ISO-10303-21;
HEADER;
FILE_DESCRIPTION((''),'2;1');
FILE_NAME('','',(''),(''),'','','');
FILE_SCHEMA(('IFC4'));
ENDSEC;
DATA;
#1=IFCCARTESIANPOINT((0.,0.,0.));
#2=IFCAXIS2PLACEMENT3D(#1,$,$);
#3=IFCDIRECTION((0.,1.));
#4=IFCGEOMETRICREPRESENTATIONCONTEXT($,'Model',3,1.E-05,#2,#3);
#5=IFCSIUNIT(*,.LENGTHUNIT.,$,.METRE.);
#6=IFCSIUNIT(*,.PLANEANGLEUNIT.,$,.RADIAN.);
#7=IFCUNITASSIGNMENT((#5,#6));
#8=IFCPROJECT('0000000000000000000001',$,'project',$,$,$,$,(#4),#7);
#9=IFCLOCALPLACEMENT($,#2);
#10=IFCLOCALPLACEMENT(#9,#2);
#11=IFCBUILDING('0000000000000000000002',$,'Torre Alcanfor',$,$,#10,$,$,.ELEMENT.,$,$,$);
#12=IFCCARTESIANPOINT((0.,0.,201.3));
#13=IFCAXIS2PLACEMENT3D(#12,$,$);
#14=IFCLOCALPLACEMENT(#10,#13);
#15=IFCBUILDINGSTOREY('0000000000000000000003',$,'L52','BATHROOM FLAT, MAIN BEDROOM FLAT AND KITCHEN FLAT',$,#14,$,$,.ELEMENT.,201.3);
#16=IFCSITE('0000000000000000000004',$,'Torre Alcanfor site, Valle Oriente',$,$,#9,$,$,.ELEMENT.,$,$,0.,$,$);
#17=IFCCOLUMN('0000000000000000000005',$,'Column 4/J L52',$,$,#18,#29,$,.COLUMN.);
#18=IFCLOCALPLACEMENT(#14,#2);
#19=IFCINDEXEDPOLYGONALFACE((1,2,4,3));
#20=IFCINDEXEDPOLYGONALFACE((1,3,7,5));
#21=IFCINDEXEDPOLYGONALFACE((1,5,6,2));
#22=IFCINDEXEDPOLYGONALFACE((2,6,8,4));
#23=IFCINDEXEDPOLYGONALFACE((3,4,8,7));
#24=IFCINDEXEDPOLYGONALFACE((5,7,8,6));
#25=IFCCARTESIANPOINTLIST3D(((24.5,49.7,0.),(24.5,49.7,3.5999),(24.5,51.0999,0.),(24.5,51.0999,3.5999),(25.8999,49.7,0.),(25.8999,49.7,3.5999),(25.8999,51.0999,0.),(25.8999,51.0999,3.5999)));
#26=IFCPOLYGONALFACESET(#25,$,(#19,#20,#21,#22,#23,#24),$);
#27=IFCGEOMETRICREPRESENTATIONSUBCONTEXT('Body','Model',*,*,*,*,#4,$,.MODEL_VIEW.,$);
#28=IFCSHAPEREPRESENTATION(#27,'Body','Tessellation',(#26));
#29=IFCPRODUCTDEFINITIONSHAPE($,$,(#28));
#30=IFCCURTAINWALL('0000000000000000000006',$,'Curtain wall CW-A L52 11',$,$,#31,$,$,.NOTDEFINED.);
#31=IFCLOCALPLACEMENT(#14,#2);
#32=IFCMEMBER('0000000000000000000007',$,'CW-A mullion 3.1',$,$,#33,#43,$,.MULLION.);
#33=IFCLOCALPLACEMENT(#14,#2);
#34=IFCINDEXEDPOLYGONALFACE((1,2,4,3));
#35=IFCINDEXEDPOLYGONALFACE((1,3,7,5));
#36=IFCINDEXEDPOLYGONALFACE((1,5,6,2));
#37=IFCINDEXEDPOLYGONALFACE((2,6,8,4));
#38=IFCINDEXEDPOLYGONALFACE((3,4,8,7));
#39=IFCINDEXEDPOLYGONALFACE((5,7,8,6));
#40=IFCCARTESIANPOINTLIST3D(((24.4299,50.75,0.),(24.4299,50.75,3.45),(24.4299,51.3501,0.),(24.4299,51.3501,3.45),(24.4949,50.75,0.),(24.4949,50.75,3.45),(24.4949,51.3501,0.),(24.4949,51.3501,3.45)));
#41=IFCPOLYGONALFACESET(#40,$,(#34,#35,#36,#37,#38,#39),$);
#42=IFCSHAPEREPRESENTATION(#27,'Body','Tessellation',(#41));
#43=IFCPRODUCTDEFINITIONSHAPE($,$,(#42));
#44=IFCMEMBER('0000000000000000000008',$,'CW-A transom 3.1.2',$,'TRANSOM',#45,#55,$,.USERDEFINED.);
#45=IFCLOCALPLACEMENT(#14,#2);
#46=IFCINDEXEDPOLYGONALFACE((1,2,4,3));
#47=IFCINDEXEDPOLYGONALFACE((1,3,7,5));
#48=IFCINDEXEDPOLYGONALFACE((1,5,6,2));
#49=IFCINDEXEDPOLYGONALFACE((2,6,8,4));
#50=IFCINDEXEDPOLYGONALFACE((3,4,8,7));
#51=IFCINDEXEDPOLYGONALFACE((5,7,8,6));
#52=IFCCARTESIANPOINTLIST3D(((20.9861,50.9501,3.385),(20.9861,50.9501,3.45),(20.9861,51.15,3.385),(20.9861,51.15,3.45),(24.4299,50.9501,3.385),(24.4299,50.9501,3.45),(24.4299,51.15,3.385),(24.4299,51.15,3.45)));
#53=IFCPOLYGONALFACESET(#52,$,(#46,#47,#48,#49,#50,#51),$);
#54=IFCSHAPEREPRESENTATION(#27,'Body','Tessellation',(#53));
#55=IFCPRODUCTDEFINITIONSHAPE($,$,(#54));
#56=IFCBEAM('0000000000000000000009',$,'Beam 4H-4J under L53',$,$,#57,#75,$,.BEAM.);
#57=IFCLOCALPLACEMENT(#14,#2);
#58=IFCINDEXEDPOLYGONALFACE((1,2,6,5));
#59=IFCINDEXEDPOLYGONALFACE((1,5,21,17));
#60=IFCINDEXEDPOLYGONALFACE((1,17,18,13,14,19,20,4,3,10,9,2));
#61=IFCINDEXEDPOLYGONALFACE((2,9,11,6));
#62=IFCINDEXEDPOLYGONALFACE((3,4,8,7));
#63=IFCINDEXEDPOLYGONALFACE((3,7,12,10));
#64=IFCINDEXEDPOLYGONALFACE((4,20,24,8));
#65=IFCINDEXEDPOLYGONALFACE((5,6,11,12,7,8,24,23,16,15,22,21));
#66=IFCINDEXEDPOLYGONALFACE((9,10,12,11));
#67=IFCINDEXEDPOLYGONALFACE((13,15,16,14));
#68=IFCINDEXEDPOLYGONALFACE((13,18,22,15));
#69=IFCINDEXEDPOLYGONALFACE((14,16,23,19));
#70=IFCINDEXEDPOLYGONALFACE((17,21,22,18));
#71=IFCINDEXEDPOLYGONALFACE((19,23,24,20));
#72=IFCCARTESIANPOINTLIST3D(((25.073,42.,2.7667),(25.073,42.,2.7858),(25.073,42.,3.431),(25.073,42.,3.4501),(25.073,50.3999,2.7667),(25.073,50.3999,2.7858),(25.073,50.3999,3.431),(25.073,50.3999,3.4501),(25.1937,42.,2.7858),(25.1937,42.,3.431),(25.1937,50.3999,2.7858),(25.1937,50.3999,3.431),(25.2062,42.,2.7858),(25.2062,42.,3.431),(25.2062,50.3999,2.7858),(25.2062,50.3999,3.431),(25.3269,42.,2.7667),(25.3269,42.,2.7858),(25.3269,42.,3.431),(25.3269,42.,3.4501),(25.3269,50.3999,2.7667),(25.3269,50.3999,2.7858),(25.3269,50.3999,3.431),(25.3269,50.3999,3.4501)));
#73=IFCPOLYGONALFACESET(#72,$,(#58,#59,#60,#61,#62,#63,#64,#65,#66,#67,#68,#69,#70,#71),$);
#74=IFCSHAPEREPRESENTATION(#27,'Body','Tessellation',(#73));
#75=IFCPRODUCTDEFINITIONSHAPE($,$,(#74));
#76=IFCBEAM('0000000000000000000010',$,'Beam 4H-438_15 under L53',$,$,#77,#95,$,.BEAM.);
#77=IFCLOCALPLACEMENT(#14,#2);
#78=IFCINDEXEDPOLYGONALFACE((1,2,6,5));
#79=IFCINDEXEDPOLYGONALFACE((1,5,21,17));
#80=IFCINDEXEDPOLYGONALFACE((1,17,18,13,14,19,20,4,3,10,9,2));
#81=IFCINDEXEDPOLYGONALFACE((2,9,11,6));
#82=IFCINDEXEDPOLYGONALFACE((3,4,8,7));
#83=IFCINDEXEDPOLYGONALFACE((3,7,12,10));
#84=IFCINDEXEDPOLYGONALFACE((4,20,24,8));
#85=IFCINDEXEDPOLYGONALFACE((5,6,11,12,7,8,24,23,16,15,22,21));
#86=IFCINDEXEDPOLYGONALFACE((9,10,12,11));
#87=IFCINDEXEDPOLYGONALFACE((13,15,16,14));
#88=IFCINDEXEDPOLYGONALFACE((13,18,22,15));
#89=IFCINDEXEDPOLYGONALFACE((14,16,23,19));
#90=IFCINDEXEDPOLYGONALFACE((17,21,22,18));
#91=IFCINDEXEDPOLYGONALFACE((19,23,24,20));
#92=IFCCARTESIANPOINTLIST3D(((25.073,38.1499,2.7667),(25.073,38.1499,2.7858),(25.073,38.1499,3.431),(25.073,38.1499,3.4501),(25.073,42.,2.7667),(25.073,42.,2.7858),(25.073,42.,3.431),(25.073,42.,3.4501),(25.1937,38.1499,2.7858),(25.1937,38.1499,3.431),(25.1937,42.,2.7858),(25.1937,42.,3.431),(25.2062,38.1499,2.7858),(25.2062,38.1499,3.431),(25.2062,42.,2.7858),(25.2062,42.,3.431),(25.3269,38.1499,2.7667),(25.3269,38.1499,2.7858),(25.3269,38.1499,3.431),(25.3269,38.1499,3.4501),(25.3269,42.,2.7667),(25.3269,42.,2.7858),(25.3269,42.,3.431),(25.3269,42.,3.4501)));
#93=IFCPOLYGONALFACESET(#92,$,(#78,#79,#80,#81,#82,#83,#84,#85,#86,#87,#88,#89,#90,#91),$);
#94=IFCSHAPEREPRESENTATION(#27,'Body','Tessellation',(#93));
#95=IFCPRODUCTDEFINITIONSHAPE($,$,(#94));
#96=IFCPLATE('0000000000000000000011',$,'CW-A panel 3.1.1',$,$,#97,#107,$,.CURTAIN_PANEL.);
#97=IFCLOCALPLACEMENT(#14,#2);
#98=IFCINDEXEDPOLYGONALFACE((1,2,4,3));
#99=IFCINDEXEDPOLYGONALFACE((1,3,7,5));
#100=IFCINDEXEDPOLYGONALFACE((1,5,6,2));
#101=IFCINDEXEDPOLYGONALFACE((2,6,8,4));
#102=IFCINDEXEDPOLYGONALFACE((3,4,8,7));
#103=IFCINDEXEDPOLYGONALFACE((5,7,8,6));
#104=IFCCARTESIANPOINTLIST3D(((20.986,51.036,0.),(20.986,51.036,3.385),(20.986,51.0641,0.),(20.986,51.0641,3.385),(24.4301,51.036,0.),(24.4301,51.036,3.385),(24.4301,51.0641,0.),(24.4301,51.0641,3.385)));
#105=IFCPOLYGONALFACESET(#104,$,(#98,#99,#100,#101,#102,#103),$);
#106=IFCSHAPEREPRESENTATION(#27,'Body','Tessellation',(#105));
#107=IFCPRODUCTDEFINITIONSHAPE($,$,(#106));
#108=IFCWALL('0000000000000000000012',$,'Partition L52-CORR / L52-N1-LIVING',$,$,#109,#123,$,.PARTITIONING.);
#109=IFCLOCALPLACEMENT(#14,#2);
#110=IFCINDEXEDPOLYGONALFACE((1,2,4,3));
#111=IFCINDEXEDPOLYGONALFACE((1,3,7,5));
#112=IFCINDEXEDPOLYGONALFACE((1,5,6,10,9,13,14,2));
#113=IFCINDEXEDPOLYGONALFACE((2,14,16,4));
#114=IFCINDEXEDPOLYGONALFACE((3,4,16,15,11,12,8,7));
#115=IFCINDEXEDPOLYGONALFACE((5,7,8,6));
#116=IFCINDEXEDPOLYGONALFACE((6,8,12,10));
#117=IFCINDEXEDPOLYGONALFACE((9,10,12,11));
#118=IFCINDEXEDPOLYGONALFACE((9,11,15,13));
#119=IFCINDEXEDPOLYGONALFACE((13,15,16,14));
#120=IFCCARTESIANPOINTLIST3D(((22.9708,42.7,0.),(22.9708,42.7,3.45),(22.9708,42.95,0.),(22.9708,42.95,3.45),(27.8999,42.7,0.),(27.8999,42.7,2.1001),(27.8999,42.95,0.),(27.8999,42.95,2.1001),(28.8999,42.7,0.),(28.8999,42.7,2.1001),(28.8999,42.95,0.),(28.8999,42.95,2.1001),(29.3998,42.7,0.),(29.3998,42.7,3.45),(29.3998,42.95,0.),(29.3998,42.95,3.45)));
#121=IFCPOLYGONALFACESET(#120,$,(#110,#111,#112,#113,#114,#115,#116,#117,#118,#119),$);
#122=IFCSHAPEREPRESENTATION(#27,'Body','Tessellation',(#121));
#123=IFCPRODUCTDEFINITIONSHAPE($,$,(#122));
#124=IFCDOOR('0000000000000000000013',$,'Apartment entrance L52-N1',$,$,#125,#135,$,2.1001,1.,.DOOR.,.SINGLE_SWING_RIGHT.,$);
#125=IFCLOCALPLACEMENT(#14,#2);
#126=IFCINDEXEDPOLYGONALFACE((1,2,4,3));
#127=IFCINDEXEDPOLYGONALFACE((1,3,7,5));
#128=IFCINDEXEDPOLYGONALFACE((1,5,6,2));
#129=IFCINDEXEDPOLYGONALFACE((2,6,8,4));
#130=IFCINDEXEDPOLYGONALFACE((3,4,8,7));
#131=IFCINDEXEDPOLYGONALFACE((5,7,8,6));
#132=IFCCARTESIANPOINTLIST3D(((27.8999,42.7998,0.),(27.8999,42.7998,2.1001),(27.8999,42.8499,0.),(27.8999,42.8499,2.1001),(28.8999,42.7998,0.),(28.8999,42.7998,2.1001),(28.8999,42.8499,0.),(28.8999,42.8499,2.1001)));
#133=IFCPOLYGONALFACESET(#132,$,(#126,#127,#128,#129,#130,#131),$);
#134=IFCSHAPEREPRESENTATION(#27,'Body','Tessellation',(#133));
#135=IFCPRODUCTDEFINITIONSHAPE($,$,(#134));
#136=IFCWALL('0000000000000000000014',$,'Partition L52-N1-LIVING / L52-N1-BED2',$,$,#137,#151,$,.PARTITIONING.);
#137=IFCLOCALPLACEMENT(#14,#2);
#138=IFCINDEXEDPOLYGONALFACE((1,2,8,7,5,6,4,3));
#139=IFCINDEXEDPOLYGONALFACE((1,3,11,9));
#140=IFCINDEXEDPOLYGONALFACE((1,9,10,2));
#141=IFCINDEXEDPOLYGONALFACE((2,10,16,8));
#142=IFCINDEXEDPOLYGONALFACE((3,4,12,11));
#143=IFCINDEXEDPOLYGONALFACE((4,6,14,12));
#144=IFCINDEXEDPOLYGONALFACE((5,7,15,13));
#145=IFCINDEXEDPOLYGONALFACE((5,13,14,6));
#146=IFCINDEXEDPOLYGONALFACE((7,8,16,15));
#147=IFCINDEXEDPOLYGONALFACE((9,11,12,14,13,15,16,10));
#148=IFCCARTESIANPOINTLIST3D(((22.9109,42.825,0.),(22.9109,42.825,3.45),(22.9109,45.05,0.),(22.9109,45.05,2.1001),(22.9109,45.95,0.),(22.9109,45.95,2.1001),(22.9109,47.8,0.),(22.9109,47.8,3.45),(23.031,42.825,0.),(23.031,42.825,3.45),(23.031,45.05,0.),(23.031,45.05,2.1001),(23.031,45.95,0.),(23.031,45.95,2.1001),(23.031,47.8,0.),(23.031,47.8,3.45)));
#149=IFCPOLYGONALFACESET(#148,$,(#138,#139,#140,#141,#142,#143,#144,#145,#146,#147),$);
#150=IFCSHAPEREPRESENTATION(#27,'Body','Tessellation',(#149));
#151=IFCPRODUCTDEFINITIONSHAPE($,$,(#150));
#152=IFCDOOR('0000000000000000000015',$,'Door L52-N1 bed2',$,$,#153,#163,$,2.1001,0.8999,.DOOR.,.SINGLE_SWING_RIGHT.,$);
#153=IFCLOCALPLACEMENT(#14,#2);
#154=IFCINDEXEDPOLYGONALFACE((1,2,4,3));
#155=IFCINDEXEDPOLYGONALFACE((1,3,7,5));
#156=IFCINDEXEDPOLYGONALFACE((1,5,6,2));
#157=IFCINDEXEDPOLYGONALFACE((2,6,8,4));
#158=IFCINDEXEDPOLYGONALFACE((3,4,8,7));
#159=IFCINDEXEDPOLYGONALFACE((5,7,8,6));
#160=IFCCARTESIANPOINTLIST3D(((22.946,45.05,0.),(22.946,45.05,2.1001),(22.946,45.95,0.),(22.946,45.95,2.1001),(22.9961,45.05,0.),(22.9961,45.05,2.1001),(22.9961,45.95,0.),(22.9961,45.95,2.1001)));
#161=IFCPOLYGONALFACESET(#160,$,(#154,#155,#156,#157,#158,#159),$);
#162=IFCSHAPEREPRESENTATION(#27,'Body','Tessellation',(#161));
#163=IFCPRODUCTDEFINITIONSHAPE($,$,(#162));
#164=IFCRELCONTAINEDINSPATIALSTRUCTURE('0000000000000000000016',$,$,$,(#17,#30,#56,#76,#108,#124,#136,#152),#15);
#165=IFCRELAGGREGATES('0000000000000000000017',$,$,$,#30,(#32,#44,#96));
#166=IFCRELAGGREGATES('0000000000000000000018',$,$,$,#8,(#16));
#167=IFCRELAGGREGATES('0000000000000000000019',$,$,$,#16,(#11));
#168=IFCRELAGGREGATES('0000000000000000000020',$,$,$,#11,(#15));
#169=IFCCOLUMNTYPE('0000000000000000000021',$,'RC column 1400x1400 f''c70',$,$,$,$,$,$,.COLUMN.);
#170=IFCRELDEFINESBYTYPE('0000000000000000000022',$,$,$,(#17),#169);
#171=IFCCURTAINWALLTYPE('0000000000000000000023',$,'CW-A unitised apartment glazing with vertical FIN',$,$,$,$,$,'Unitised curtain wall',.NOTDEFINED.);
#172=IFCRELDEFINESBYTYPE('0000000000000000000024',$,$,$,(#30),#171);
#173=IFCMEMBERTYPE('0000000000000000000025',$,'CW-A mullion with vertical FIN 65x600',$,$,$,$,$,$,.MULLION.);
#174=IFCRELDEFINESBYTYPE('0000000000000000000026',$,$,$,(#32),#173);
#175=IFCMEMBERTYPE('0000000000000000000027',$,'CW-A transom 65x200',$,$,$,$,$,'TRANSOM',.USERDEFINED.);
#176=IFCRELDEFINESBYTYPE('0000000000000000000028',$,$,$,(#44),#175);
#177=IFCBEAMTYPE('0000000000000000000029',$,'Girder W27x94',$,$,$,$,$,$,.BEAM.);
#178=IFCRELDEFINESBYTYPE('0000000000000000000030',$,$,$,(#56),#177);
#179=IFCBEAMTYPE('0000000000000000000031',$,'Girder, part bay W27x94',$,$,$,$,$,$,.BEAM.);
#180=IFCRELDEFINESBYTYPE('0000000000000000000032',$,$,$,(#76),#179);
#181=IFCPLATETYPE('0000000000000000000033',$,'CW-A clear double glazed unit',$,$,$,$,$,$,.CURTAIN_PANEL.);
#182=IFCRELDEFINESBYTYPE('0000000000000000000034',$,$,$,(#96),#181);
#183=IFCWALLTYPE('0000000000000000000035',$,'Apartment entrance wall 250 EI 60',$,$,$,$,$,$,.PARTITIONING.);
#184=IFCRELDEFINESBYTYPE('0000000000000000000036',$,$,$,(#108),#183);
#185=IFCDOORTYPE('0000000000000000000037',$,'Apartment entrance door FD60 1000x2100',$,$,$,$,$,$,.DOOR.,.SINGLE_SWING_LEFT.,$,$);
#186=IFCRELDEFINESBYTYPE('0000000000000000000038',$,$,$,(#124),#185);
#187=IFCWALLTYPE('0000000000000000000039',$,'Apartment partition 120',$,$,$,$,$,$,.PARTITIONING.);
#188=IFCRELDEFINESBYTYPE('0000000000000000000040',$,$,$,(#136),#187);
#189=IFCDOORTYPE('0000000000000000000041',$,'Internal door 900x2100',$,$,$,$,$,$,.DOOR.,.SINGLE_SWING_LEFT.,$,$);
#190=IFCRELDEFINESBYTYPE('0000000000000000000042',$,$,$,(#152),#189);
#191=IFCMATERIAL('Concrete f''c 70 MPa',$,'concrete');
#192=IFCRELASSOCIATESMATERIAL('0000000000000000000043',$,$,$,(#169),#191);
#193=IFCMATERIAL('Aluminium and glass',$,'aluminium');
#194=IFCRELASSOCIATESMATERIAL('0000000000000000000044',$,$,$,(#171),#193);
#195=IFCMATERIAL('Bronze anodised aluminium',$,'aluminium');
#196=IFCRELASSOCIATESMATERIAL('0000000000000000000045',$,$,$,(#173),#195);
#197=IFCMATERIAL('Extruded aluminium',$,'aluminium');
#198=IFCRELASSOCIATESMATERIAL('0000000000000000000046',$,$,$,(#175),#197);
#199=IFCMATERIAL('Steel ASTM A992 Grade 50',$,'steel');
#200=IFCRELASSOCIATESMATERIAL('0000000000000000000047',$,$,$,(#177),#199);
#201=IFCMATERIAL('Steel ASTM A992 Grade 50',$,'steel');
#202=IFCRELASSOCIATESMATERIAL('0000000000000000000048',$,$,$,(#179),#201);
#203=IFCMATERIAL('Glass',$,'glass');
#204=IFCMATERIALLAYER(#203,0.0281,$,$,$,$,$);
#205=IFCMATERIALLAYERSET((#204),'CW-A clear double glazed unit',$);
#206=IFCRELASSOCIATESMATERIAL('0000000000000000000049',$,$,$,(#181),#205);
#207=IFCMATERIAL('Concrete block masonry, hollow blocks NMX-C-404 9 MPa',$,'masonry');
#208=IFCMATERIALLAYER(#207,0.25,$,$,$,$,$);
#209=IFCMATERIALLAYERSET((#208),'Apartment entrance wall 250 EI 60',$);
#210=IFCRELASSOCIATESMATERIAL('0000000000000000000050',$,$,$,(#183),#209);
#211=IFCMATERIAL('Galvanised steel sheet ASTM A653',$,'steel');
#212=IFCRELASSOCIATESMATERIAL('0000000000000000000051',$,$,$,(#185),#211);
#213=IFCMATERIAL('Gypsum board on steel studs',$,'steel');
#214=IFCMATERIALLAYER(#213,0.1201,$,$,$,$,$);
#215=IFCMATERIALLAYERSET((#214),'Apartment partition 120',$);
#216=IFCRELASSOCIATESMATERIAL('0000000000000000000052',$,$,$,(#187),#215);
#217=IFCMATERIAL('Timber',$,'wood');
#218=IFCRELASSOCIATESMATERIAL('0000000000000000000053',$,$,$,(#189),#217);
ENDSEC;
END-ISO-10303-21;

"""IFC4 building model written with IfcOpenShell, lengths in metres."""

from ifc_helpers import new_model, si_unit, direction, frame, frame_2d, origin, origin_2d, place, context, subcontext, project, spatial, rectangle, i_section, extrude, material, layer, layer_set, material_profile, profile_set, type_object, element, fill, aggregate, save


model = new_model("IFC4")

# Units and contexts
model_context = context("Model", 3, precision=1e-05, world=origin(), true_north=direction((0.0, 1.0)))
body_context = subcontext(model_context, "Body", "Model", "MODEL_VIEW")
ifc_project = project(units=[si_unit("LENGTHUNIT", "METRE"), si_unit("PLANEANGLEUNIT", "RADIAN")], contexts=[model_context])

# Site, building, storey
site_placement = place(None, origin())
site = spatial("IfcSite", under=ifc_project, at=site_placement, Name="Torre Alcanfor site, Valle Oriente", CompositionType="ELEMENT", RefElevation=0.0)
building_placement = place(site_placement, origin())
building = spatial("IfcBuilding", under=site, at=building_placement, Name="Torre Alcanfor", CompositionType="ELEMENT")
storey_placement = place(building_placement, frame((0.0, 0.0, 201.3)))
storey = spatial("IfcBuildingStorey", under=building, at=storey_placement, Name="L52", Description="BATHROOM FLAT, MAIN BEDROOM FLAT AND KITCHEN FLAT", CompositionType="ELEMENT", Elevation=201.3)

# Column
ifc_material_1 = material(Name="Concrete f'c 70 MPa", Category="concrete")
ifc_material_profile_1 = material_profile(ifc_material_1, rectangle(XDim=1.3999, YDim=1.3999, at=origin_2d()), Name="1400x1400")
ifc_profile_set_1 = profile_set([ifc_material_profile_1], Name="Concrete f'c 70 MPa")
column_type = type_object("IfcColumnType", Name="RC column 1400x1400 f'c70", PredefinedType="COLUMN", material=ifc_profile_set_1)
column_placement = place(storey_placement, frame((25.2, 50.3999, 0.0), z_axis=(0.0, 0.0, 1.0), x_axis=(1.0, 0.0, 0.0)))
element("IfcColumn", 1, at=column_placement, inside=storey, type_object=column_type, Name="Column 4/J L52", PredefinedType="COLUMN", context=body_context, shape_type="SweptSolid", body=[
    extrude(rectangle(XDim=1.3999, YDim=1.3999, at=origin_2d()), origin(), (0.0, 0.0, 1.0), 3.5999),
])

# Curtain wall, members
ifc_material_2 = material(Name="Aluminium and glass", Category="aluminium")
curtain_wall_type = type_object("IfcCurtainWallType", Name="CW-A unitised apartment glazing with vertical FIN", ElementType="Unitised curtain wall", PredefinedType="NOTDEFINED", material=ifc_material_2)
curtain_wall_placement = place(storey_placement, origin())
curtain_wall = element("IfcCurtainWall", 2, at=curtain_wall_placement, inside=storey, type_object=curtain_wall_type, Name="Curtain wall CW-A L52 11", PredefinedType="NOTDEFINED")
ifc_material_3 = material(Name="Bronze anodised aluminium", Category="aluminium")
ifc_material_profile_2 = material_profile(ifc_material_3, rectangle(XDim=0.6001, YDim=0.0649, at=origin_2d()), Name="CW-A mullion 65x600")
ifc_profile_set_2 = profile_set([ifc_material_profile_2], Name="Bronze anodised aluminium")
member_type_1 = type_object("IfcMemberType", Name="CW-A mullion with vertical FIN 65x600", PredefinedType="MULLION", material=ifc_profile_set_2)
member_1_placement = place(storey_placement, frame((24.4624, 51.05, 0.0), z_axis=(0.0, 0.0, 1.0), x_axis=(0.0, -1.0, 0.0)))
member_1 = element("IfcMember", 3, at=member_1_placement, type_object=member_type_1, Name="CW-A mullion 3.1", PredefinedType="MULLION", context=body_context, shape_type="SweptSolid", body=[
    extrude(rectangle(XDim=0.6001, YDim=0.0649, at=origin_2d()), origin(), (0.0, 0.0, 1.0), 3.45),
])
ifc_material_4 = material(Name="Extruded aluminium", Category="aluminium")
ifc_material_profile_3 = material_profile(ifc_material_4, rectangle(XDim=0.2, YDim=0.0649, at=origin_2d()), Name="CW-A transom 200x65")
ifc_profile_set_3 = profile_set([ifc_material_profile_3], Name="Extruded aluminium")
member_type_2 = type_object("IfcMemberType", Name="CW-A transom 65x200", ElementType="TRANSOM", PredefinedType="USERDEFINED", material=ifc_profile_set_3)
member_2_placement = place(storey_placement, frame((24.4299, 51.05, 3.4175), z_axis=(-1.0, 0.0, 0.0), x_axis=(0.0, -1.0, 0.0)))
member_2 = element("IfcMember", 4, at=member_2_placement, type_object=member_type_2, Name="CW-A transom 3.1.2", ObjectType="TRANSOM", PredefinedType="USERDEFINED", context=body_context, shape_type="SweptSolid", body=[
    extrude(rectangle(XDim=0.2, YDim=0.0649, at=origin_2d()), origin(), (0.0, 0.0, 1.0), 3.4438),
])

# Beams
ifc_material_5 = material(Name="Steel ASTM A992 Grade 50", Category="steel")
ifc_material_profile_4 = material_profile(ifc_material_5, i_section(OverallWidth=0.2539, OverallDepth=0.6833, WebThickness=0.0125, FlangeThickness=0.019, at=origin_2d()), Name="W27x94")
ifc_profile_set_4 = profile_set([ifc_material_profile_4], Name="Steel ASTM A992 Grade 50")
beam_type_1 = type_object("IfcBeamType", Name="Girder W27x94", PredefinedType="BEAM", material=ifc_profile_set_4)
beam_1_placement = place(storey_placement, frame((25.2, 42.0, 3.1084), z_axis=(0.0, 1.0, 0.0), x_axis=(-1.0, 0.0, 0.0)))
element("IfcBeam", 5, at=beam_1_placement, inside=storey, type_object=beam_type_1, Name="Beam 4H-4J under L53", PredefinedType="BEAM", context=body_context, shape_type="SweptSolid", body=[
    extrude(i_section(OverallWidth=0.2539, OverallDepth=0.6833, WebThickness=0.0125, FlangeThickness=0.019, at=origin_2d()), origin(), (0.0, 0.0, 1.0), 8.3999),
])
ifc_material_6 = material(Name="Steel ASTM A992 Grade 50", Category="steel")
ifc_material_profile_5 = material_profile(ifc_material_6, i_section(OverallWidth=0.2539, OverallDepth=0.6833, WebThickness=0.0125, FlangeThickness=0.019, at=origin_2d()), Name="W27x94")
ifc_profile_set_5 = profile_set([ifc_material_profile_5], Name="Steel ASTM A992 Grade 50")
beam_type_2 = type_object("IfcBeamType", Name="Girder, part bay W27x94", PredefinedType="BEAM", material=ifc_profile_set_5)
beam_2_placement = place(storey_placement, frame((25.2, 42.0, 3.1084), z_axis=(0.0, -1.0, 0.0), x_axis=(1.0, 0.0, 0.0)))
element("IfcBeam", 6, at=beam_2_placement, inside=storey, type_object=beam_type_2, Name="Beam 4H-438_15 under L53", PredefinedType="BEAM", context=body_context, shape_type="SweptSolid", body=[
    extrude(i_section(OverallWidth=0.2539, OverallDepth=0.6833, WebThickness=0.0125, FlangeThickness=0.019, at=origin_2d()), origin(), (0.0, 0.0, 1.0), 3.8501),
])

# Plate
ifc_material_7 = material(Name="Glass", Category="glass")
ifc_layer_1 = layer(ifc_material_7, 0.0281)
ifc_layer_set_1 = layer_set([ifc_layer_1], Name="CW-A clear double glazed unit")
plate_type = type_object("IfcPlateType", Name="CW-A clear double glazed unit", PredefinedType="CURTAIN_PANEL", material=ifc_layer_set_1)
plate_placement = place(storey_placement, frame((22.708, 51.05, 0.0), z_axis=(0.0, 0.0, 1.0), x_axis=(-1.0, 0.0, 0.0)))
plate = element("IfcPlate", 7, at=plate_placement, type_object=plate_type, Name="CW-A panel 3.1.1", PredefinedType="CURTAIN_PANEL", context=body_context, shape_type="SweptSolid", body=[
    extrude(rectangle(XDim=3.4441, YDim=0.0281, at=origin_2d()), origin(), (0.0, 0.0, 1.0), 3.385),
])
aggregate(curtain_wall, [member_1, member_2, plate])

# Walls, openings, doors
ifc_material_8 = material(Name="Concrete block masonry, hollow blocks NMX-C-404 9 MPa", Category="masonry")
ifc_layer_2 = layer(ifc_material_8, 0.25)
ifc_layer_set_2 = layer_set([ifc_layer_2], Name="Apartment entrance wall 250 EI 60")
wall_type_1 = type_object("IfcWallType", Name="Apartment entrance wall 250 EI 60", PredefinedType="PARTITIONING", material=ifc_layer_set_2)
wall_1_placement = place(storey_placement, frame((22.9709, 42.825, 0.0), z_axis=(0.0, 0.0, 1.0), x_axis=(1.0, 0.0, 0.0)))
wall_1 = element("IfcWall", 8, at=wall_1_placement, inside=storey, type_object=wall_type_1, Name="Partition L52-CORR / L52-N1-LIVING", PredefinedType="PARTITIONING", context=body_context, shape_type="SweptSolid", body=[
    extrude(rectangle(XDim=6.429, YDim=0.25, at=frame_2d((3.2144, 0.0))), origin(), (0.0, 0.0, 1.0), 3.45),
])
opening_1_placement = place(wall_1_placement, frame((4.929, 0.0, 0.0)))
opening_1 = element("IfcOpeningElement", 9, at=opening_1_placement, cuts=wall_1, PredefinedType="OPENING", context=body_context, shape_type="SweptSolid", body=[
    extrude(rectangle(XDim=1.0, YDim=2.1001, at=frame_2d((0.5, 1.05))), frame((0.0, 0.135, 0.0), z_axis=(0.0, -1.0, 0.0), x_axis=(1.0, 0.0, 0.0)), (0.0, 0.0, 1.0), 0.27),
])
ifc_material_9 = material(Name="Galvanised steel sheet ASTM A653", Category="steel")
door_type_1 = type_object("IfcDoorType", Name="Apartment entrance door FD60 1000x2100", OperationType="SINGLE_SWING_LEFT", PredefinedType="DOOR", material=ifc_material_9)
door_1_placement = place(opening_1_placement, origin())
door_1 = element("IfcDoor", 10, at=door_1_placement, inside=storey, type_object=door_type_1, Name="Apartment entrance L52-N1", OperationType="SINGLE_SWING_RIGHT", OverallHeight=2.1001, OverallWidth=1.0, PredefinedType="DOOR", context=body_context, shape_type="SweptSolid", body=[
    extrude(rectangle(XDim=1.0, YDim=2.1001, at=frame_2d((0.5, 1.05))), frame((0.0, 0.0249, 0.0), z_axis=(0.0, -1.0, 0.0), x_axis=(1.0, 0.0, 0.0)), (0.0, 0.0, 1.0), 0.05),
])
fill(opening_1, door_1)
ifc_material_10 = material(Name="Gypsum board on steel studs", Category="steel")
ifc_layer_3 = layer(ifc_material_10, 0.1201)
ifc_layer_set_3 = layer_set([ifc_layer_3], Name="Apartment partition 120")
wall_type_2 = type_object("IfcWallType", Name="Apartment partition 120", PredefinedType="PARTITIONING", material=ifc_layer_set_3)
wall_2_placement = place(storey_placement, frame((22.9709, 42.825, 0.0), z_axis=(0.0, 0.0, 1.0), x_axis=(0.0, 1.0, 0.0)))
wall_2 = element("IfcWall", 11, at=wall_2_placement, inside=storey, type_object=wall_type_2, Name="Partition L52-N1-LIVING / L52-N1-BED2", PredefinedType="PARTITIONING", context=body_context, shape_type="SweptSolid", body=[
    extrude(rectangle(XDim=4.9751, YDim=0.1201, at=frame_2d((2.4875, 0.0))), origin(), (0.0, 0.0, 1.0), 3.45),
])
opening_2_placement = place(wall_2_placement, frame((2.2251, 0.0, 0.0)))
opening_2 = element("IfcOpeningElement", 12, at=opening_2_placement, cuts=wall_2, PredefinedType="OPENING", context=body_context, shape_type="SweptSolid", body=[
    extrude(rectangle(XDim=0.8999, YDim=2.1001, at=frame_2d((0.45, 1.05))), frame((0.0, 0.0701, 0.0), z_axis=(0.0, -1.0, 0.0), x_axis=(1.0, 0.0, 0.0)), (0.0, 0.0, 1.0), 0.1401),
])
ifc_material_11 = material(Name="Timber", Category="wood")
door_type_2 = type_object("IfcDoorType", Name="Internal door 900x2100", OperationType="SINGLE_SWING_LEFT", PredefinedType="DOOR", material=ifc_material_11)
door_2_placement = place(opening_2_placement, origin())
door_2 = element("IfcDoor", 13, at=door_2_placement, inside=storey, type_object=door_type_2, Name="Door L52-N1 bed2", OperationType="SINGLE_SWING_RIGHT", OverallHeight=2.1001, OverallWidth=0.8999, PredefinedType="DOOR", context=body_context, shape_type="SweptSolid", body=[
    extrude(rectangle(XDim=0.8999, YDim=2.1001, at=frame_2d((0.45, 1.05))), frame((0.0, 0.0249, 0.0), z_axis=(0.0, -1.0, 0.0), x_axis=(1.0, 0.0, 0.0)), (0.0, 0.0, 1.0), 0.05),
])
fill(opening_2, door_2)

save(model, "model.ifc")
